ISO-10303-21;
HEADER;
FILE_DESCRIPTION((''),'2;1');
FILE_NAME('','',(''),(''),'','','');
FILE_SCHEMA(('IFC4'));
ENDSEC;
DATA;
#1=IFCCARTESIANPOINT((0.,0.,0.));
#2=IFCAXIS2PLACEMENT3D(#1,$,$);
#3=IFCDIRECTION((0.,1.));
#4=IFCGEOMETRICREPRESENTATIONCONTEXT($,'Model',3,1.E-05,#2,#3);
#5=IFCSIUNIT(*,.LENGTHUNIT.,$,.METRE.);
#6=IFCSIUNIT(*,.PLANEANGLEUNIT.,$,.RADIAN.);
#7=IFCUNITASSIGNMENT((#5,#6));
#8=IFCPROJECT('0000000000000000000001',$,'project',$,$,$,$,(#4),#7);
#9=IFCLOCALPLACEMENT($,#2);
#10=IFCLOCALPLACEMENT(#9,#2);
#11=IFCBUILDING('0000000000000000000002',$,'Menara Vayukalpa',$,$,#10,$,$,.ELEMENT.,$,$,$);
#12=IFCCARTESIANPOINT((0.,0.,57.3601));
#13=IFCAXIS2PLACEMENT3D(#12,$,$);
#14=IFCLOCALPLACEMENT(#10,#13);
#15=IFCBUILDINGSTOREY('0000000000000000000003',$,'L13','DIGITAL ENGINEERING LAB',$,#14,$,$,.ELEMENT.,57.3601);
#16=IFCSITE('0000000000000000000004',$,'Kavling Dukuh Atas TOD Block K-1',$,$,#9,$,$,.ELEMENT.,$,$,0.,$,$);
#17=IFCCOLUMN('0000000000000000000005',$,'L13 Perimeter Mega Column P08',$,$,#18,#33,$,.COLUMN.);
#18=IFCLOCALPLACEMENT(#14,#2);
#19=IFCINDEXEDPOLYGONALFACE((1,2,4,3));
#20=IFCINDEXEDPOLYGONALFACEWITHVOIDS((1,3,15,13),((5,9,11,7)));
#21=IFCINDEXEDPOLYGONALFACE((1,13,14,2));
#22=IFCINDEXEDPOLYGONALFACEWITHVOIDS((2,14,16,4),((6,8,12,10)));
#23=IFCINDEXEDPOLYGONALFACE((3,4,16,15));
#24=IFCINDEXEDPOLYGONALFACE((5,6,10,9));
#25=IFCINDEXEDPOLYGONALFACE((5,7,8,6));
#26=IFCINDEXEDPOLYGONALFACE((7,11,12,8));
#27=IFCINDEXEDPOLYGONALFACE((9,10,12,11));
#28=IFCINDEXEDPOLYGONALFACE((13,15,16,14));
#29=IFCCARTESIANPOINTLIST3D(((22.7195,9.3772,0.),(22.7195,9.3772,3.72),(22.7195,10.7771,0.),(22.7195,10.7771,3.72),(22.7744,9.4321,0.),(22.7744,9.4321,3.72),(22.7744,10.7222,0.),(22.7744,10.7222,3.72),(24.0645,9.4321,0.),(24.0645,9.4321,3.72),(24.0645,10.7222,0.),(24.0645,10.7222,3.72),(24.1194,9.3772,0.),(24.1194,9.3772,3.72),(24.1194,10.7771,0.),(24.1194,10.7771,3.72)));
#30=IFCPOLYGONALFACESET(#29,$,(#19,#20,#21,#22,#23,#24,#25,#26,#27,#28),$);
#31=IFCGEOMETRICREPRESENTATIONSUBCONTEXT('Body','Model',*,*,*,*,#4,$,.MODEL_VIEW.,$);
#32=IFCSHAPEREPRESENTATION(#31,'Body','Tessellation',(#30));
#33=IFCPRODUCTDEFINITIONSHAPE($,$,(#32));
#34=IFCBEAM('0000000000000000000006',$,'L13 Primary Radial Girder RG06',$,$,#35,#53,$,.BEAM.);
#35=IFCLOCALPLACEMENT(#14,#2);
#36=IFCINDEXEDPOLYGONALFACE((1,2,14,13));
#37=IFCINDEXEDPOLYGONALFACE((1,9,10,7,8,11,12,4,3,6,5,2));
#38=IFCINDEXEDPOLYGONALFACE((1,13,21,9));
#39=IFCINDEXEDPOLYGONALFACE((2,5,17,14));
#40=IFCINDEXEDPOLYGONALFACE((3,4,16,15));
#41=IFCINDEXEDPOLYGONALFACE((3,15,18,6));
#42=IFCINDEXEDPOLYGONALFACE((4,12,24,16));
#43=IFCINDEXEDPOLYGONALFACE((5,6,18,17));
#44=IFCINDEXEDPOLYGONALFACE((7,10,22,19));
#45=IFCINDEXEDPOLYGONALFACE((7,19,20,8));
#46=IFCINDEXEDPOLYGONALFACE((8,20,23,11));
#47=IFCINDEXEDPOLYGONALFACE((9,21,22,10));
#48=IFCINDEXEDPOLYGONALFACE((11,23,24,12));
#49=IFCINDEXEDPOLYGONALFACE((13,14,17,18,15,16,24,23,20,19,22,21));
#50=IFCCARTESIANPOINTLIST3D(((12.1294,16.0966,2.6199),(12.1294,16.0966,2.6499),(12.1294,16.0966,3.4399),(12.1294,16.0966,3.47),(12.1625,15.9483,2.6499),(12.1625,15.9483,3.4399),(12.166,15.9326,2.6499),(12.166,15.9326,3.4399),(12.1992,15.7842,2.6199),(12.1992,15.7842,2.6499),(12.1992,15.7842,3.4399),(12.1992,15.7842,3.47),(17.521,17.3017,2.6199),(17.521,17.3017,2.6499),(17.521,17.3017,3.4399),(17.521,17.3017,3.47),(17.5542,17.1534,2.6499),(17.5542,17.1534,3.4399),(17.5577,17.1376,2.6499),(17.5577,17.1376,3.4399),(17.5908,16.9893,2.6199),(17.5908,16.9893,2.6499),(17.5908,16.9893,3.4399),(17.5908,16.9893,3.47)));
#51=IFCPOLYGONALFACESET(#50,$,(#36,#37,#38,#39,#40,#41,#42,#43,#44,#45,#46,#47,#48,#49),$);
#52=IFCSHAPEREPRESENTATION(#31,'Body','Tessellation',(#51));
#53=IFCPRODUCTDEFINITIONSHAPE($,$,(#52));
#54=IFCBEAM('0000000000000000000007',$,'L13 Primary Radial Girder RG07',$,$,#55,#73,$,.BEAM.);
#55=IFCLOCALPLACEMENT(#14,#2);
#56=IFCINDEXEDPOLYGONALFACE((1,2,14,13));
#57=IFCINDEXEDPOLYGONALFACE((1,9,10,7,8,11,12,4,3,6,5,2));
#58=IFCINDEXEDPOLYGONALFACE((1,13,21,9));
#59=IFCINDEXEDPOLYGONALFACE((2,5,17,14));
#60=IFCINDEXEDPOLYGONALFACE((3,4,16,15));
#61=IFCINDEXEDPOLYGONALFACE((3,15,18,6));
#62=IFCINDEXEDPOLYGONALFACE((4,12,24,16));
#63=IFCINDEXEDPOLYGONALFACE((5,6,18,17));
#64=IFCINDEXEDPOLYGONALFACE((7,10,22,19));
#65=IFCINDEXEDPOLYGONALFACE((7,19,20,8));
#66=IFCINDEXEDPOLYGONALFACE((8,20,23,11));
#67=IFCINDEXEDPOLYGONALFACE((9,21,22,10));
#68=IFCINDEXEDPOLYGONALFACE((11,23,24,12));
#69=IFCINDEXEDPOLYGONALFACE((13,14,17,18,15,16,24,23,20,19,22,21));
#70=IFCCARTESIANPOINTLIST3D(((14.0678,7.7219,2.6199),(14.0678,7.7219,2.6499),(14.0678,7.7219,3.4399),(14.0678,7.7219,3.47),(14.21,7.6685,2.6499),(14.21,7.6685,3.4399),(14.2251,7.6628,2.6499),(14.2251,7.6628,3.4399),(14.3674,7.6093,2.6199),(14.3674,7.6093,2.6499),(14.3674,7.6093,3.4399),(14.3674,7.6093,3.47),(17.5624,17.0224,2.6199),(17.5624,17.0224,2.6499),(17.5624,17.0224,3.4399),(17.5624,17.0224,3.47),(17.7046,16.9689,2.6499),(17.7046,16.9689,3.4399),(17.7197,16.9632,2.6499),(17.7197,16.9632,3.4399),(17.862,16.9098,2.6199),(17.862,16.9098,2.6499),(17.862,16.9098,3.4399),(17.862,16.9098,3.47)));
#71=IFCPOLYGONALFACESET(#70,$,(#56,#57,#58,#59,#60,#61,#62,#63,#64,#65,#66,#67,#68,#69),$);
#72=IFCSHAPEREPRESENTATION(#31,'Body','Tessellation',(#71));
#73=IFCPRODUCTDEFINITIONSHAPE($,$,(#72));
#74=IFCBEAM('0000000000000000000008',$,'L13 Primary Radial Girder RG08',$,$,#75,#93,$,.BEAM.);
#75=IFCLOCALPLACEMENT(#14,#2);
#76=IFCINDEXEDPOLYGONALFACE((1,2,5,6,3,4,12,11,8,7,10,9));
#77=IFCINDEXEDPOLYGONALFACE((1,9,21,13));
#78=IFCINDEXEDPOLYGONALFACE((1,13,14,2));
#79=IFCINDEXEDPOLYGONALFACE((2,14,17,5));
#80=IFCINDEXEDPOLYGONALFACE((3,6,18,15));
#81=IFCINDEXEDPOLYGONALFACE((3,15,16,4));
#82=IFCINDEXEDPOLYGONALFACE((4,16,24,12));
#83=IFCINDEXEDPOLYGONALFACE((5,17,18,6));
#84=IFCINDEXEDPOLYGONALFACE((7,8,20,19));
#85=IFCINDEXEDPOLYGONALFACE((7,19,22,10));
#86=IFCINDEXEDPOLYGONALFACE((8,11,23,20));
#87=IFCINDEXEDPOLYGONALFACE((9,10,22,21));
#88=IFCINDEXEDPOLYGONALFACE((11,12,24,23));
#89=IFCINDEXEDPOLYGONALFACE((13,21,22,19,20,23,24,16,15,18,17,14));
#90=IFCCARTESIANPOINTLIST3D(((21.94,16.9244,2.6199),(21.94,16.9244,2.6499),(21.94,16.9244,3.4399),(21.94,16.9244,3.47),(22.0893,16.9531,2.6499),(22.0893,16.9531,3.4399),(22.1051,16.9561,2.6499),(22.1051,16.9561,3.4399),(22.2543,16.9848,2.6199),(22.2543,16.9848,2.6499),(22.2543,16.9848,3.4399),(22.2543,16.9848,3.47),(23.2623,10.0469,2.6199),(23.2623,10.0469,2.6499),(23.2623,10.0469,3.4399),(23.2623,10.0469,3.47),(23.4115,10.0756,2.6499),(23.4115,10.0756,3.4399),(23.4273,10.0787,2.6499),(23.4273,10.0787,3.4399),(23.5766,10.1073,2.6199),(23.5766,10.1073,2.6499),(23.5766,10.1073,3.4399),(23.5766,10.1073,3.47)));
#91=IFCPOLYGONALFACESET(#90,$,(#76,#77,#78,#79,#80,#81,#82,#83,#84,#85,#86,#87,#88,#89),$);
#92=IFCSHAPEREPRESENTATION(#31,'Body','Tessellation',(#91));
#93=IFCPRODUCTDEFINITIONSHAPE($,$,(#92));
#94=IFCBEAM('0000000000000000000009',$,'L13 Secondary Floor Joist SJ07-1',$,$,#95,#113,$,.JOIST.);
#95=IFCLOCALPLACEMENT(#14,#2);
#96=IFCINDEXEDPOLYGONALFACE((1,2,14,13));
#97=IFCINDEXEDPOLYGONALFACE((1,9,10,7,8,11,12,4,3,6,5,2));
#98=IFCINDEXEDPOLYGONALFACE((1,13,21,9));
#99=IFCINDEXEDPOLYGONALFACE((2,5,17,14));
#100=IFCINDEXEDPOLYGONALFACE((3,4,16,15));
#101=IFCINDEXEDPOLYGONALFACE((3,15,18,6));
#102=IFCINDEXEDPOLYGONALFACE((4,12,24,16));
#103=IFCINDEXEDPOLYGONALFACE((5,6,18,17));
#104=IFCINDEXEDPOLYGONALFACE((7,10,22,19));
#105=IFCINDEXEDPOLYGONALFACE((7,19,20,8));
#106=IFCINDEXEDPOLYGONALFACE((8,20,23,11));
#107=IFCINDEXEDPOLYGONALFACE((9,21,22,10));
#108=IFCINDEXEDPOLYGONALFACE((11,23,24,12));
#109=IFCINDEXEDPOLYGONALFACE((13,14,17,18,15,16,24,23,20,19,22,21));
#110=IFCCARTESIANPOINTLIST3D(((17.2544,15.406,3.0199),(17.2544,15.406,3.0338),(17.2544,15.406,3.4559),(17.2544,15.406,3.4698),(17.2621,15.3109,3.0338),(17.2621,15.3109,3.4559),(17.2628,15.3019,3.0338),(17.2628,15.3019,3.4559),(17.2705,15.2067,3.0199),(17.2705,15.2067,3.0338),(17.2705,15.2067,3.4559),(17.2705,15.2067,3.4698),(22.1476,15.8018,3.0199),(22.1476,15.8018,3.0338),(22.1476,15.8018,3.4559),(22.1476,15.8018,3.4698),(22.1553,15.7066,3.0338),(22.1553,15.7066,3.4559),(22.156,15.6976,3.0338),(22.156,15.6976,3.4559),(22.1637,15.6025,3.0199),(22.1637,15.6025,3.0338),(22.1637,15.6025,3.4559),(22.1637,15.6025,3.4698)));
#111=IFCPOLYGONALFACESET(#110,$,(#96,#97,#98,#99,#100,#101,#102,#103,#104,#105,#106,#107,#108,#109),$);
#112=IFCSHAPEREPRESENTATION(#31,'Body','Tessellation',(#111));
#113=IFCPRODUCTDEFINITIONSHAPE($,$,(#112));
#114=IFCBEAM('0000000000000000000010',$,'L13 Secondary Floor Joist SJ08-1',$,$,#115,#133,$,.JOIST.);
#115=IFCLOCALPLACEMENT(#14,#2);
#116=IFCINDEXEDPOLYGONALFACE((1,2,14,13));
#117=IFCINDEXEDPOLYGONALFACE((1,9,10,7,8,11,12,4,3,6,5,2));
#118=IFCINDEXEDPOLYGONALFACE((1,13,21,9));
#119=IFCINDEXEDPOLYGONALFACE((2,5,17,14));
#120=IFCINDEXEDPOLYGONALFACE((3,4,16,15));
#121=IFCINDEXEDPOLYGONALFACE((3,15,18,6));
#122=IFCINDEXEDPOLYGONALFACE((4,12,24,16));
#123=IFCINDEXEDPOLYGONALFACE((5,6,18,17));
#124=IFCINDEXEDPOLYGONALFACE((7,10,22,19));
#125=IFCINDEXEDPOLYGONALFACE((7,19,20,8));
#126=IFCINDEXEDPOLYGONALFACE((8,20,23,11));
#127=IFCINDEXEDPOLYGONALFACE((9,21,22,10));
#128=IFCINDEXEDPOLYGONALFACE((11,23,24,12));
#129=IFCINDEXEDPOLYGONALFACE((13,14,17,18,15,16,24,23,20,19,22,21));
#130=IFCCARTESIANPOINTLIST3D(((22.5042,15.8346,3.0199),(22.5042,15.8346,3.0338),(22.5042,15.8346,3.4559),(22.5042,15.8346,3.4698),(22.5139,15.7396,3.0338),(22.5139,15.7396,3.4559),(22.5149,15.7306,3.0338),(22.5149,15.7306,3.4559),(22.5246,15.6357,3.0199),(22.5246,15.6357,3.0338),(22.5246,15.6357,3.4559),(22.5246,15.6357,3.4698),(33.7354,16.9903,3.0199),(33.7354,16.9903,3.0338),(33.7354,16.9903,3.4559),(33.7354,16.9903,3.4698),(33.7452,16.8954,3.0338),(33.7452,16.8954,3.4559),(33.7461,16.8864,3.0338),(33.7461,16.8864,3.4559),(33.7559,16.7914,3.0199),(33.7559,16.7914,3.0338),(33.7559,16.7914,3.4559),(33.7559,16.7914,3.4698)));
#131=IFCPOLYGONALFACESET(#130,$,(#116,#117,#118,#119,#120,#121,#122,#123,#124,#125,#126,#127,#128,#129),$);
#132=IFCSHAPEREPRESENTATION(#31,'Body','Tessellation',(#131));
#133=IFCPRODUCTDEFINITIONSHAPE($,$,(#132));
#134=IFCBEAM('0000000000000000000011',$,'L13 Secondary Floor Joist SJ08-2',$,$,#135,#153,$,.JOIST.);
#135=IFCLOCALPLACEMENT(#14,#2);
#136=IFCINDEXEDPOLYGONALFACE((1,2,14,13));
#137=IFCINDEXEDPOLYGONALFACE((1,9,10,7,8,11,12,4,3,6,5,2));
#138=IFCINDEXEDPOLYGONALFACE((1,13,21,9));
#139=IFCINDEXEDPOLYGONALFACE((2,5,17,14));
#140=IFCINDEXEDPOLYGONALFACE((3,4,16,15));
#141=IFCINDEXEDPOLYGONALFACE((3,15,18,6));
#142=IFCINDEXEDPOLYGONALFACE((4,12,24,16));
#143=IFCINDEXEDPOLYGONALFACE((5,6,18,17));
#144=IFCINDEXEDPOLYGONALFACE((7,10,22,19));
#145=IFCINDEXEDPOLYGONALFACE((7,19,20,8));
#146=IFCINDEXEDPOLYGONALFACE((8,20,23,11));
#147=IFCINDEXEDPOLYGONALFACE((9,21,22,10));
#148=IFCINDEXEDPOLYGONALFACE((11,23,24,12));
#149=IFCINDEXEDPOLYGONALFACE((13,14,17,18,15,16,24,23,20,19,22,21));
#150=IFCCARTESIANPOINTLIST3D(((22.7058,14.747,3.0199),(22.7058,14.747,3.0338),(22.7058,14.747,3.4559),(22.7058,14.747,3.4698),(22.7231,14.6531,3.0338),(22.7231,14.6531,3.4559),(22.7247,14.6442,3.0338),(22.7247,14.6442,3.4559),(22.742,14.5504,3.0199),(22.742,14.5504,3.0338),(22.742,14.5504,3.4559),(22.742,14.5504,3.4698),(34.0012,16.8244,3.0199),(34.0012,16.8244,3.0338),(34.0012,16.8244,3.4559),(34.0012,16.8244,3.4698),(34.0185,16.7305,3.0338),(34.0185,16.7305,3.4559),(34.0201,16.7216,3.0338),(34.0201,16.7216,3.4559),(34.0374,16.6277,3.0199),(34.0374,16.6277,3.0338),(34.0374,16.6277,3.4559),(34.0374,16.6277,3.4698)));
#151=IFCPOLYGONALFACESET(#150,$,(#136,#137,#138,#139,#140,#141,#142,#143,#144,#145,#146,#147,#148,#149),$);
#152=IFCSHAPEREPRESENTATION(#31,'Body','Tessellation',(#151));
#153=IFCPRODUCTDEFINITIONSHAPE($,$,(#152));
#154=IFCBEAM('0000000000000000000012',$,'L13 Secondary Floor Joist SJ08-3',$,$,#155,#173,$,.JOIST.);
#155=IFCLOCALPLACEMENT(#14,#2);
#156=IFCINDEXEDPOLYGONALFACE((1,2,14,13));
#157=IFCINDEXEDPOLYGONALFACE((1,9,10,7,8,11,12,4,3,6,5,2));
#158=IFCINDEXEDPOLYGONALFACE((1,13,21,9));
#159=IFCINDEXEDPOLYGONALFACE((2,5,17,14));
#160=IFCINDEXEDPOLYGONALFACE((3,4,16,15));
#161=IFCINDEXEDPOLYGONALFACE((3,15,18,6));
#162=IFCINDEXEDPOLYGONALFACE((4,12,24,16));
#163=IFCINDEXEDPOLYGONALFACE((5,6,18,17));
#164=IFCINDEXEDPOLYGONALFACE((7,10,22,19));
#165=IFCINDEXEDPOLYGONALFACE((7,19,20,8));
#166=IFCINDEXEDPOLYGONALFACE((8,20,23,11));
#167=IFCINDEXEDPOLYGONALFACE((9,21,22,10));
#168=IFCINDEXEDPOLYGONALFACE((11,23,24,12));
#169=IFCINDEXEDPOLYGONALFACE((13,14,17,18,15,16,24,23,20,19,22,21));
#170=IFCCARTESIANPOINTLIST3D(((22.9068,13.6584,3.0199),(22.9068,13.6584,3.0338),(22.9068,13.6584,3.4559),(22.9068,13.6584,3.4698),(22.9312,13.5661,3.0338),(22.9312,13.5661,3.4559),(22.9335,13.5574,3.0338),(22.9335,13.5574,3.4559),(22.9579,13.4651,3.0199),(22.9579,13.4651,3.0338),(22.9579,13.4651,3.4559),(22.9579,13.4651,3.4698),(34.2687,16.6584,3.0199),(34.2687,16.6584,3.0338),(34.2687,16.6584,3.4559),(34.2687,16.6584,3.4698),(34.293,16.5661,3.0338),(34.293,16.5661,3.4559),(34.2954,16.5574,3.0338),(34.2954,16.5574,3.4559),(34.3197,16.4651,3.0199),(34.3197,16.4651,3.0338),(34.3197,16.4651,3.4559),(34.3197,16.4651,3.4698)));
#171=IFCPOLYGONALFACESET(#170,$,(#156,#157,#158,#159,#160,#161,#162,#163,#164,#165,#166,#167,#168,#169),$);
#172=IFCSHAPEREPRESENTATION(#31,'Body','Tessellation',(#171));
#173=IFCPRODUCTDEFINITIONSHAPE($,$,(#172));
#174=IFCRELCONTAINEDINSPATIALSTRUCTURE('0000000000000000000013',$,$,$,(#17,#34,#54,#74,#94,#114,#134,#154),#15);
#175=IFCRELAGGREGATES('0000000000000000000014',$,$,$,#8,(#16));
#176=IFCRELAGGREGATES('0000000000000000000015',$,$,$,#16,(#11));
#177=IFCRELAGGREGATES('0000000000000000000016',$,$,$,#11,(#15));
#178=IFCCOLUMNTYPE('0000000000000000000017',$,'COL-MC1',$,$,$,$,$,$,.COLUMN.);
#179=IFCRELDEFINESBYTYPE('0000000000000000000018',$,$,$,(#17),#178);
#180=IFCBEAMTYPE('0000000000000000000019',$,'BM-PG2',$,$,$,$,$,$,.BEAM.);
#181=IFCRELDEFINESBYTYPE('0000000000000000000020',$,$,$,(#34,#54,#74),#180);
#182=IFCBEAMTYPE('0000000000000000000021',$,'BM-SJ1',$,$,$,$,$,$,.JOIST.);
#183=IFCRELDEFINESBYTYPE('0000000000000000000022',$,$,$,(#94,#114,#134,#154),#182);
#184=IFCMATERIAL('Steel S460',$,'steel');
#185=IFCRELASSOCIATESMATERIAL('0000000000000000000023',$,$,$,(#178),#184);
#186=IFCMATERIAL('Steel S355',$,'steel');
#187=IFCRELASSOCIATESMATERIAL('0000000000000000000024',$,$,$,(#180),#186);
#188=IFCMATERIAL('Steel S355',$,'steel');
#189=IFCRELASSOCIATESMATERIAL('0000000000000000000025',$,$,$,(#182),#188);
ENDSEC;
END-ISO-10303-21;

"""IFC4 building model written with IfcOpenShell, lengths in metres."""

from ifc_helpers import new_model, si_unit, direction, frame, origin, origin_2d, place, context, subcontext, project, spatial, hollow_rectangle, i_section, extrude, material, material_profile, profile_set, type_object, element, save


model = new_model("IFC4")

# Units and contexts
model_context = context("Model", 3, precision=1e-05, world=origin(), true_north=direction((0.0, 1.0)))
body_context = subcontext(model_context, "Body", "Model", "MODEL_VIEW")
ifc_project = project(units=[si_unit("LENGTHUNIT", "METRE"), si_unit("PLANEANGLEUNIT", "RADIAN")], contexts=[model_context])

# Site, building, storey
site_placement = place(None, origin())
site = spatial("IfcSite", under=ifc_project, at=site_placement, Name="Kavling Dukuh Atas TOD Block K-1", CompositionType="ELEMENT", RefElevation=0.0)
building_placement = place(site_placement, origin())
building = spatial("IfcBuilding", under=site, at=building_placement, Name="Menara Vayukalpa", CompositionType="ELEMENT")
storey_placement = place(building_placement, frame((0.0, 0.0, 57.3601)))
storey = spatial("IfcBuildingStorey", under=building, at=storey_placement, Name="L13", Description="DIGITAL ENGINEERING LAB", CompositionType="ELEMENT", Elevation=57.3601)

# Column
ifc_material_1 = material(Name="Steel S460", Category="steel")
ifc_material_profile_1 = material_profile(ifc_material_1, hollow_rectangle(XDim=1.3999, YDim=1.3999, WallThickness=0.0549, at=origin_2d()), Name="BOX 1400x1400x55")
ifc_profile_set_1 = profile_set([ifc_material_profile_1], Name="Steel S460")
column_type = type_object("IfcColumnType", Name="COL-MC1", PredefinedType="COLUMN", material=ifc_profile_set_1)
column_placement = place(storey_placement, frame((23.4194, 10.0771, 0.0), z_axis=(0.0, 0.0, 1.0), x_axis=(1.0, 0.0, 0.0)))
element("IfcColumn", 1, at=column_placement, inside=storey, type_object=column_type, Name="L13 Perimeter Mega Column P08", PredefinedType="COLUMN", context=body_context, shape_type="SweptSolid", body=[
    extrude(hollow_rectangle(XDim=1.3999, YDim=1.3999, WallThickness=0.0549, at=origin_2d()), origin(), (0.0, 0.0, 1.0), 3.72),
])

# Beams
ifc_material_2 = material(Name="Steel S355", Category="steel")
ifc_material_profile_2 = material_profile(ifc_material_2, i_section(OverallWidth=0.3201, OverallDepth=0.8501, WebThickness=0.0161, FlangeThickness=0.03, at=origin_2d()), Name="WF 850x320x16x30")
ifc_profile_set_2 = profile_set([ifc_material_profile_2], Name="Steel S355")
beam_type_1 = type_object("IfcBeamType", Name="BM-PG2", PredefinedType="BEAM", material=ifc_profile_set_2)
beam_1_placement = place(storey_placement, frame((17.5559, 17.1455, 3.0449), z_axis=(-0.97592, -0.218128, 0.0), x_axis=(0.218128, -0.97592, 0.0)))
element("IfcBeam", 2, at=beam_1_placement, inside=storey, type_object=beam_type_1, Name="L13 Primary Radial Girder RG06", PredefinedType="BEAM", context=body_context, shape_type="SweptSolid", body=[
    extrude(i_section(OverallWidth=0.3201, OverallDepth=0.8501, WebThickness=0.0161, FlangeThickness=0.03, at=origin_2d()), origin(), (0.0, 0.0, 1.0), 5.5247),
])
beam_2_placement = place(storey_placement, frame((17.7122, 16.9661, 3.0449), z_axis=(-0.351735, -0.9361, 0.0), x_axis=(0.9361, -0.351735, 0.0)))
element("IfcBeam", 3, at=beam_2_placement, inside=storey, type_object=beam_type_1, Name="L13 Primary Radial Girder RG07", PredefinedType="BEAM", context=body_context, shape_type="SweptSolid", body=[
    extrude(i_section(OverallWidth=0.3201, OverallDepth=0.8501, WebThickness=0.0161, FlangeThickness=0.03, at=origin_2d()), origin(), (0.0, 0.0, 1.0), 9.9353),
])
beam_3_placement = place(storey_placement, frame((22.0972, 16.9546, 3.0449), z_axis=(0.188803, -0.982015, 0.0), x_axis=(0.982015, 0.188803, 0.0)))
element("IfcBeam", 4, at=beam_3_placement, inside=storey, type_object=beam_type_1, Name="L13 Primary Radial Girder RG08", PredefinedType="BEAM", context=body_context, shape_type="SweptSolid", body=[
    extrude(i_section(OverallWidth=0.3201, OverallDepth=0.8501, WebThickness=0.0161, FlangeThickness=0.03, at=origin_2d()), origin(), (0.0, 0.0, 1.0), 7.0034),
])
ifc_material_3 = material(Name="Steel S355", Category="steel")
ifc_material_profile_3 = material_profile(ifc_material_3, i_section(OverallWidth=0.2, OverallDepth=0.45, WebThickness=0.009, FlangeThickness=0.0139, at=origin_2d()), Name="WF 450x200x9x14")
ifc_profile_set_3 = profile_set([ifc_material_profile_3], Name="Steel S355")
beam_type_2 = type_object("IfcBeamType", Name="BM-SJ1", PredefinedType="JOIST", material=ifc_profile_set_3)
beam_4_placement = place(storey_placement, frame((17.2625, 15.3064, 3.2449), z_axis=(0.996745, 0.080613, 0.0), x_axis=(-0.080613, 0.996745, 0.0)))
element("IfcBeam", 5, at=beam_4_placement, inside=storey, type_object=beam_type_2, Name="L13 Secondary Floor Joist SJ07-1", PredefinedType="JOIST", context=body_context, shape_type="SweptSolid", body=[
    extrude(i_section(OverallWidth=0.2, OverallDepth=0.45, WebThickness=0.009, FlangeThickness=0.0139, at=origin_2d()), origin(), (0.0, 0.0, 1.0), 4.9092),
])
beam_5_placement = place(storey_placement, frame((22.5144, 15.7351, 3.2449), z_axis=(0.994747, 0.102366, 0.0), x_axis=(-0.102366, 0.994747, 0.0)))
element("IfcBeam", 6, at=beam_5_placement, inside=storey, type_object=beam_type_2, Name="L13 Secondary Floor Joist SJ08-1", PredefinedType="JOIST", context=body_context, shape_type="SweptSolid", body=[
    extrude(i_section(OverallWidth=0.2, OverallDepth=0.45, WebThickness=0.009, FlangeThickness=0.0139, at=origin_2d()), origin(), (0.0, 0.0, 1.0), 11.2905),
])
beam_6_placement = place(storey_placement, frame((22.7239, 14.6487, 3.2449), z_axis=(0.983505, 0.180881, 0.0), x_axis=(-0.180881, 0.983505, 0.0)))
element("IfcBeam", 7, at=beam_6_placement, inside=storey, type_object=beam_type_2, Name="L13 Secondary Floor Joist SJ08-2", PredefinedType="JOIST", context=body_context, shape_type="SweptSolid", body=[
    extrude(i_section(OverallWidth=0.2, OverallDepth=0.45, WebThickness=0.009, FlangeThickness=0.0139, at=origin_2d()), origin(), (0.0, 0.0, 1.0), 11.4849),
])
beam_7_placement = place(storey_placement, frame((22.9324, 13.5618, 3.2449), z_axis=(0.966864, 0.255293, 0.0), x_axis=(-0.255293, 0.966864, 0.0)))
element("IfcBeam", 8, at=beam_7_placement, inside=storey, type_object=beam_type_2, Name="L13 Secondary Floor Joist SJ08-3", PredefinedType="JOIST", context=body_context, shape_type="SweptSolid", body=[
    extrude(i_section(OverallWidth=0.2, OverallDepth=0.45, WebThickness=0.009, FlangeThickness=0.0139, at=origin_2d()), origin(), (0.0, 0.0, 1.0), 11.7512),
])

save(model, "model.ifc")
